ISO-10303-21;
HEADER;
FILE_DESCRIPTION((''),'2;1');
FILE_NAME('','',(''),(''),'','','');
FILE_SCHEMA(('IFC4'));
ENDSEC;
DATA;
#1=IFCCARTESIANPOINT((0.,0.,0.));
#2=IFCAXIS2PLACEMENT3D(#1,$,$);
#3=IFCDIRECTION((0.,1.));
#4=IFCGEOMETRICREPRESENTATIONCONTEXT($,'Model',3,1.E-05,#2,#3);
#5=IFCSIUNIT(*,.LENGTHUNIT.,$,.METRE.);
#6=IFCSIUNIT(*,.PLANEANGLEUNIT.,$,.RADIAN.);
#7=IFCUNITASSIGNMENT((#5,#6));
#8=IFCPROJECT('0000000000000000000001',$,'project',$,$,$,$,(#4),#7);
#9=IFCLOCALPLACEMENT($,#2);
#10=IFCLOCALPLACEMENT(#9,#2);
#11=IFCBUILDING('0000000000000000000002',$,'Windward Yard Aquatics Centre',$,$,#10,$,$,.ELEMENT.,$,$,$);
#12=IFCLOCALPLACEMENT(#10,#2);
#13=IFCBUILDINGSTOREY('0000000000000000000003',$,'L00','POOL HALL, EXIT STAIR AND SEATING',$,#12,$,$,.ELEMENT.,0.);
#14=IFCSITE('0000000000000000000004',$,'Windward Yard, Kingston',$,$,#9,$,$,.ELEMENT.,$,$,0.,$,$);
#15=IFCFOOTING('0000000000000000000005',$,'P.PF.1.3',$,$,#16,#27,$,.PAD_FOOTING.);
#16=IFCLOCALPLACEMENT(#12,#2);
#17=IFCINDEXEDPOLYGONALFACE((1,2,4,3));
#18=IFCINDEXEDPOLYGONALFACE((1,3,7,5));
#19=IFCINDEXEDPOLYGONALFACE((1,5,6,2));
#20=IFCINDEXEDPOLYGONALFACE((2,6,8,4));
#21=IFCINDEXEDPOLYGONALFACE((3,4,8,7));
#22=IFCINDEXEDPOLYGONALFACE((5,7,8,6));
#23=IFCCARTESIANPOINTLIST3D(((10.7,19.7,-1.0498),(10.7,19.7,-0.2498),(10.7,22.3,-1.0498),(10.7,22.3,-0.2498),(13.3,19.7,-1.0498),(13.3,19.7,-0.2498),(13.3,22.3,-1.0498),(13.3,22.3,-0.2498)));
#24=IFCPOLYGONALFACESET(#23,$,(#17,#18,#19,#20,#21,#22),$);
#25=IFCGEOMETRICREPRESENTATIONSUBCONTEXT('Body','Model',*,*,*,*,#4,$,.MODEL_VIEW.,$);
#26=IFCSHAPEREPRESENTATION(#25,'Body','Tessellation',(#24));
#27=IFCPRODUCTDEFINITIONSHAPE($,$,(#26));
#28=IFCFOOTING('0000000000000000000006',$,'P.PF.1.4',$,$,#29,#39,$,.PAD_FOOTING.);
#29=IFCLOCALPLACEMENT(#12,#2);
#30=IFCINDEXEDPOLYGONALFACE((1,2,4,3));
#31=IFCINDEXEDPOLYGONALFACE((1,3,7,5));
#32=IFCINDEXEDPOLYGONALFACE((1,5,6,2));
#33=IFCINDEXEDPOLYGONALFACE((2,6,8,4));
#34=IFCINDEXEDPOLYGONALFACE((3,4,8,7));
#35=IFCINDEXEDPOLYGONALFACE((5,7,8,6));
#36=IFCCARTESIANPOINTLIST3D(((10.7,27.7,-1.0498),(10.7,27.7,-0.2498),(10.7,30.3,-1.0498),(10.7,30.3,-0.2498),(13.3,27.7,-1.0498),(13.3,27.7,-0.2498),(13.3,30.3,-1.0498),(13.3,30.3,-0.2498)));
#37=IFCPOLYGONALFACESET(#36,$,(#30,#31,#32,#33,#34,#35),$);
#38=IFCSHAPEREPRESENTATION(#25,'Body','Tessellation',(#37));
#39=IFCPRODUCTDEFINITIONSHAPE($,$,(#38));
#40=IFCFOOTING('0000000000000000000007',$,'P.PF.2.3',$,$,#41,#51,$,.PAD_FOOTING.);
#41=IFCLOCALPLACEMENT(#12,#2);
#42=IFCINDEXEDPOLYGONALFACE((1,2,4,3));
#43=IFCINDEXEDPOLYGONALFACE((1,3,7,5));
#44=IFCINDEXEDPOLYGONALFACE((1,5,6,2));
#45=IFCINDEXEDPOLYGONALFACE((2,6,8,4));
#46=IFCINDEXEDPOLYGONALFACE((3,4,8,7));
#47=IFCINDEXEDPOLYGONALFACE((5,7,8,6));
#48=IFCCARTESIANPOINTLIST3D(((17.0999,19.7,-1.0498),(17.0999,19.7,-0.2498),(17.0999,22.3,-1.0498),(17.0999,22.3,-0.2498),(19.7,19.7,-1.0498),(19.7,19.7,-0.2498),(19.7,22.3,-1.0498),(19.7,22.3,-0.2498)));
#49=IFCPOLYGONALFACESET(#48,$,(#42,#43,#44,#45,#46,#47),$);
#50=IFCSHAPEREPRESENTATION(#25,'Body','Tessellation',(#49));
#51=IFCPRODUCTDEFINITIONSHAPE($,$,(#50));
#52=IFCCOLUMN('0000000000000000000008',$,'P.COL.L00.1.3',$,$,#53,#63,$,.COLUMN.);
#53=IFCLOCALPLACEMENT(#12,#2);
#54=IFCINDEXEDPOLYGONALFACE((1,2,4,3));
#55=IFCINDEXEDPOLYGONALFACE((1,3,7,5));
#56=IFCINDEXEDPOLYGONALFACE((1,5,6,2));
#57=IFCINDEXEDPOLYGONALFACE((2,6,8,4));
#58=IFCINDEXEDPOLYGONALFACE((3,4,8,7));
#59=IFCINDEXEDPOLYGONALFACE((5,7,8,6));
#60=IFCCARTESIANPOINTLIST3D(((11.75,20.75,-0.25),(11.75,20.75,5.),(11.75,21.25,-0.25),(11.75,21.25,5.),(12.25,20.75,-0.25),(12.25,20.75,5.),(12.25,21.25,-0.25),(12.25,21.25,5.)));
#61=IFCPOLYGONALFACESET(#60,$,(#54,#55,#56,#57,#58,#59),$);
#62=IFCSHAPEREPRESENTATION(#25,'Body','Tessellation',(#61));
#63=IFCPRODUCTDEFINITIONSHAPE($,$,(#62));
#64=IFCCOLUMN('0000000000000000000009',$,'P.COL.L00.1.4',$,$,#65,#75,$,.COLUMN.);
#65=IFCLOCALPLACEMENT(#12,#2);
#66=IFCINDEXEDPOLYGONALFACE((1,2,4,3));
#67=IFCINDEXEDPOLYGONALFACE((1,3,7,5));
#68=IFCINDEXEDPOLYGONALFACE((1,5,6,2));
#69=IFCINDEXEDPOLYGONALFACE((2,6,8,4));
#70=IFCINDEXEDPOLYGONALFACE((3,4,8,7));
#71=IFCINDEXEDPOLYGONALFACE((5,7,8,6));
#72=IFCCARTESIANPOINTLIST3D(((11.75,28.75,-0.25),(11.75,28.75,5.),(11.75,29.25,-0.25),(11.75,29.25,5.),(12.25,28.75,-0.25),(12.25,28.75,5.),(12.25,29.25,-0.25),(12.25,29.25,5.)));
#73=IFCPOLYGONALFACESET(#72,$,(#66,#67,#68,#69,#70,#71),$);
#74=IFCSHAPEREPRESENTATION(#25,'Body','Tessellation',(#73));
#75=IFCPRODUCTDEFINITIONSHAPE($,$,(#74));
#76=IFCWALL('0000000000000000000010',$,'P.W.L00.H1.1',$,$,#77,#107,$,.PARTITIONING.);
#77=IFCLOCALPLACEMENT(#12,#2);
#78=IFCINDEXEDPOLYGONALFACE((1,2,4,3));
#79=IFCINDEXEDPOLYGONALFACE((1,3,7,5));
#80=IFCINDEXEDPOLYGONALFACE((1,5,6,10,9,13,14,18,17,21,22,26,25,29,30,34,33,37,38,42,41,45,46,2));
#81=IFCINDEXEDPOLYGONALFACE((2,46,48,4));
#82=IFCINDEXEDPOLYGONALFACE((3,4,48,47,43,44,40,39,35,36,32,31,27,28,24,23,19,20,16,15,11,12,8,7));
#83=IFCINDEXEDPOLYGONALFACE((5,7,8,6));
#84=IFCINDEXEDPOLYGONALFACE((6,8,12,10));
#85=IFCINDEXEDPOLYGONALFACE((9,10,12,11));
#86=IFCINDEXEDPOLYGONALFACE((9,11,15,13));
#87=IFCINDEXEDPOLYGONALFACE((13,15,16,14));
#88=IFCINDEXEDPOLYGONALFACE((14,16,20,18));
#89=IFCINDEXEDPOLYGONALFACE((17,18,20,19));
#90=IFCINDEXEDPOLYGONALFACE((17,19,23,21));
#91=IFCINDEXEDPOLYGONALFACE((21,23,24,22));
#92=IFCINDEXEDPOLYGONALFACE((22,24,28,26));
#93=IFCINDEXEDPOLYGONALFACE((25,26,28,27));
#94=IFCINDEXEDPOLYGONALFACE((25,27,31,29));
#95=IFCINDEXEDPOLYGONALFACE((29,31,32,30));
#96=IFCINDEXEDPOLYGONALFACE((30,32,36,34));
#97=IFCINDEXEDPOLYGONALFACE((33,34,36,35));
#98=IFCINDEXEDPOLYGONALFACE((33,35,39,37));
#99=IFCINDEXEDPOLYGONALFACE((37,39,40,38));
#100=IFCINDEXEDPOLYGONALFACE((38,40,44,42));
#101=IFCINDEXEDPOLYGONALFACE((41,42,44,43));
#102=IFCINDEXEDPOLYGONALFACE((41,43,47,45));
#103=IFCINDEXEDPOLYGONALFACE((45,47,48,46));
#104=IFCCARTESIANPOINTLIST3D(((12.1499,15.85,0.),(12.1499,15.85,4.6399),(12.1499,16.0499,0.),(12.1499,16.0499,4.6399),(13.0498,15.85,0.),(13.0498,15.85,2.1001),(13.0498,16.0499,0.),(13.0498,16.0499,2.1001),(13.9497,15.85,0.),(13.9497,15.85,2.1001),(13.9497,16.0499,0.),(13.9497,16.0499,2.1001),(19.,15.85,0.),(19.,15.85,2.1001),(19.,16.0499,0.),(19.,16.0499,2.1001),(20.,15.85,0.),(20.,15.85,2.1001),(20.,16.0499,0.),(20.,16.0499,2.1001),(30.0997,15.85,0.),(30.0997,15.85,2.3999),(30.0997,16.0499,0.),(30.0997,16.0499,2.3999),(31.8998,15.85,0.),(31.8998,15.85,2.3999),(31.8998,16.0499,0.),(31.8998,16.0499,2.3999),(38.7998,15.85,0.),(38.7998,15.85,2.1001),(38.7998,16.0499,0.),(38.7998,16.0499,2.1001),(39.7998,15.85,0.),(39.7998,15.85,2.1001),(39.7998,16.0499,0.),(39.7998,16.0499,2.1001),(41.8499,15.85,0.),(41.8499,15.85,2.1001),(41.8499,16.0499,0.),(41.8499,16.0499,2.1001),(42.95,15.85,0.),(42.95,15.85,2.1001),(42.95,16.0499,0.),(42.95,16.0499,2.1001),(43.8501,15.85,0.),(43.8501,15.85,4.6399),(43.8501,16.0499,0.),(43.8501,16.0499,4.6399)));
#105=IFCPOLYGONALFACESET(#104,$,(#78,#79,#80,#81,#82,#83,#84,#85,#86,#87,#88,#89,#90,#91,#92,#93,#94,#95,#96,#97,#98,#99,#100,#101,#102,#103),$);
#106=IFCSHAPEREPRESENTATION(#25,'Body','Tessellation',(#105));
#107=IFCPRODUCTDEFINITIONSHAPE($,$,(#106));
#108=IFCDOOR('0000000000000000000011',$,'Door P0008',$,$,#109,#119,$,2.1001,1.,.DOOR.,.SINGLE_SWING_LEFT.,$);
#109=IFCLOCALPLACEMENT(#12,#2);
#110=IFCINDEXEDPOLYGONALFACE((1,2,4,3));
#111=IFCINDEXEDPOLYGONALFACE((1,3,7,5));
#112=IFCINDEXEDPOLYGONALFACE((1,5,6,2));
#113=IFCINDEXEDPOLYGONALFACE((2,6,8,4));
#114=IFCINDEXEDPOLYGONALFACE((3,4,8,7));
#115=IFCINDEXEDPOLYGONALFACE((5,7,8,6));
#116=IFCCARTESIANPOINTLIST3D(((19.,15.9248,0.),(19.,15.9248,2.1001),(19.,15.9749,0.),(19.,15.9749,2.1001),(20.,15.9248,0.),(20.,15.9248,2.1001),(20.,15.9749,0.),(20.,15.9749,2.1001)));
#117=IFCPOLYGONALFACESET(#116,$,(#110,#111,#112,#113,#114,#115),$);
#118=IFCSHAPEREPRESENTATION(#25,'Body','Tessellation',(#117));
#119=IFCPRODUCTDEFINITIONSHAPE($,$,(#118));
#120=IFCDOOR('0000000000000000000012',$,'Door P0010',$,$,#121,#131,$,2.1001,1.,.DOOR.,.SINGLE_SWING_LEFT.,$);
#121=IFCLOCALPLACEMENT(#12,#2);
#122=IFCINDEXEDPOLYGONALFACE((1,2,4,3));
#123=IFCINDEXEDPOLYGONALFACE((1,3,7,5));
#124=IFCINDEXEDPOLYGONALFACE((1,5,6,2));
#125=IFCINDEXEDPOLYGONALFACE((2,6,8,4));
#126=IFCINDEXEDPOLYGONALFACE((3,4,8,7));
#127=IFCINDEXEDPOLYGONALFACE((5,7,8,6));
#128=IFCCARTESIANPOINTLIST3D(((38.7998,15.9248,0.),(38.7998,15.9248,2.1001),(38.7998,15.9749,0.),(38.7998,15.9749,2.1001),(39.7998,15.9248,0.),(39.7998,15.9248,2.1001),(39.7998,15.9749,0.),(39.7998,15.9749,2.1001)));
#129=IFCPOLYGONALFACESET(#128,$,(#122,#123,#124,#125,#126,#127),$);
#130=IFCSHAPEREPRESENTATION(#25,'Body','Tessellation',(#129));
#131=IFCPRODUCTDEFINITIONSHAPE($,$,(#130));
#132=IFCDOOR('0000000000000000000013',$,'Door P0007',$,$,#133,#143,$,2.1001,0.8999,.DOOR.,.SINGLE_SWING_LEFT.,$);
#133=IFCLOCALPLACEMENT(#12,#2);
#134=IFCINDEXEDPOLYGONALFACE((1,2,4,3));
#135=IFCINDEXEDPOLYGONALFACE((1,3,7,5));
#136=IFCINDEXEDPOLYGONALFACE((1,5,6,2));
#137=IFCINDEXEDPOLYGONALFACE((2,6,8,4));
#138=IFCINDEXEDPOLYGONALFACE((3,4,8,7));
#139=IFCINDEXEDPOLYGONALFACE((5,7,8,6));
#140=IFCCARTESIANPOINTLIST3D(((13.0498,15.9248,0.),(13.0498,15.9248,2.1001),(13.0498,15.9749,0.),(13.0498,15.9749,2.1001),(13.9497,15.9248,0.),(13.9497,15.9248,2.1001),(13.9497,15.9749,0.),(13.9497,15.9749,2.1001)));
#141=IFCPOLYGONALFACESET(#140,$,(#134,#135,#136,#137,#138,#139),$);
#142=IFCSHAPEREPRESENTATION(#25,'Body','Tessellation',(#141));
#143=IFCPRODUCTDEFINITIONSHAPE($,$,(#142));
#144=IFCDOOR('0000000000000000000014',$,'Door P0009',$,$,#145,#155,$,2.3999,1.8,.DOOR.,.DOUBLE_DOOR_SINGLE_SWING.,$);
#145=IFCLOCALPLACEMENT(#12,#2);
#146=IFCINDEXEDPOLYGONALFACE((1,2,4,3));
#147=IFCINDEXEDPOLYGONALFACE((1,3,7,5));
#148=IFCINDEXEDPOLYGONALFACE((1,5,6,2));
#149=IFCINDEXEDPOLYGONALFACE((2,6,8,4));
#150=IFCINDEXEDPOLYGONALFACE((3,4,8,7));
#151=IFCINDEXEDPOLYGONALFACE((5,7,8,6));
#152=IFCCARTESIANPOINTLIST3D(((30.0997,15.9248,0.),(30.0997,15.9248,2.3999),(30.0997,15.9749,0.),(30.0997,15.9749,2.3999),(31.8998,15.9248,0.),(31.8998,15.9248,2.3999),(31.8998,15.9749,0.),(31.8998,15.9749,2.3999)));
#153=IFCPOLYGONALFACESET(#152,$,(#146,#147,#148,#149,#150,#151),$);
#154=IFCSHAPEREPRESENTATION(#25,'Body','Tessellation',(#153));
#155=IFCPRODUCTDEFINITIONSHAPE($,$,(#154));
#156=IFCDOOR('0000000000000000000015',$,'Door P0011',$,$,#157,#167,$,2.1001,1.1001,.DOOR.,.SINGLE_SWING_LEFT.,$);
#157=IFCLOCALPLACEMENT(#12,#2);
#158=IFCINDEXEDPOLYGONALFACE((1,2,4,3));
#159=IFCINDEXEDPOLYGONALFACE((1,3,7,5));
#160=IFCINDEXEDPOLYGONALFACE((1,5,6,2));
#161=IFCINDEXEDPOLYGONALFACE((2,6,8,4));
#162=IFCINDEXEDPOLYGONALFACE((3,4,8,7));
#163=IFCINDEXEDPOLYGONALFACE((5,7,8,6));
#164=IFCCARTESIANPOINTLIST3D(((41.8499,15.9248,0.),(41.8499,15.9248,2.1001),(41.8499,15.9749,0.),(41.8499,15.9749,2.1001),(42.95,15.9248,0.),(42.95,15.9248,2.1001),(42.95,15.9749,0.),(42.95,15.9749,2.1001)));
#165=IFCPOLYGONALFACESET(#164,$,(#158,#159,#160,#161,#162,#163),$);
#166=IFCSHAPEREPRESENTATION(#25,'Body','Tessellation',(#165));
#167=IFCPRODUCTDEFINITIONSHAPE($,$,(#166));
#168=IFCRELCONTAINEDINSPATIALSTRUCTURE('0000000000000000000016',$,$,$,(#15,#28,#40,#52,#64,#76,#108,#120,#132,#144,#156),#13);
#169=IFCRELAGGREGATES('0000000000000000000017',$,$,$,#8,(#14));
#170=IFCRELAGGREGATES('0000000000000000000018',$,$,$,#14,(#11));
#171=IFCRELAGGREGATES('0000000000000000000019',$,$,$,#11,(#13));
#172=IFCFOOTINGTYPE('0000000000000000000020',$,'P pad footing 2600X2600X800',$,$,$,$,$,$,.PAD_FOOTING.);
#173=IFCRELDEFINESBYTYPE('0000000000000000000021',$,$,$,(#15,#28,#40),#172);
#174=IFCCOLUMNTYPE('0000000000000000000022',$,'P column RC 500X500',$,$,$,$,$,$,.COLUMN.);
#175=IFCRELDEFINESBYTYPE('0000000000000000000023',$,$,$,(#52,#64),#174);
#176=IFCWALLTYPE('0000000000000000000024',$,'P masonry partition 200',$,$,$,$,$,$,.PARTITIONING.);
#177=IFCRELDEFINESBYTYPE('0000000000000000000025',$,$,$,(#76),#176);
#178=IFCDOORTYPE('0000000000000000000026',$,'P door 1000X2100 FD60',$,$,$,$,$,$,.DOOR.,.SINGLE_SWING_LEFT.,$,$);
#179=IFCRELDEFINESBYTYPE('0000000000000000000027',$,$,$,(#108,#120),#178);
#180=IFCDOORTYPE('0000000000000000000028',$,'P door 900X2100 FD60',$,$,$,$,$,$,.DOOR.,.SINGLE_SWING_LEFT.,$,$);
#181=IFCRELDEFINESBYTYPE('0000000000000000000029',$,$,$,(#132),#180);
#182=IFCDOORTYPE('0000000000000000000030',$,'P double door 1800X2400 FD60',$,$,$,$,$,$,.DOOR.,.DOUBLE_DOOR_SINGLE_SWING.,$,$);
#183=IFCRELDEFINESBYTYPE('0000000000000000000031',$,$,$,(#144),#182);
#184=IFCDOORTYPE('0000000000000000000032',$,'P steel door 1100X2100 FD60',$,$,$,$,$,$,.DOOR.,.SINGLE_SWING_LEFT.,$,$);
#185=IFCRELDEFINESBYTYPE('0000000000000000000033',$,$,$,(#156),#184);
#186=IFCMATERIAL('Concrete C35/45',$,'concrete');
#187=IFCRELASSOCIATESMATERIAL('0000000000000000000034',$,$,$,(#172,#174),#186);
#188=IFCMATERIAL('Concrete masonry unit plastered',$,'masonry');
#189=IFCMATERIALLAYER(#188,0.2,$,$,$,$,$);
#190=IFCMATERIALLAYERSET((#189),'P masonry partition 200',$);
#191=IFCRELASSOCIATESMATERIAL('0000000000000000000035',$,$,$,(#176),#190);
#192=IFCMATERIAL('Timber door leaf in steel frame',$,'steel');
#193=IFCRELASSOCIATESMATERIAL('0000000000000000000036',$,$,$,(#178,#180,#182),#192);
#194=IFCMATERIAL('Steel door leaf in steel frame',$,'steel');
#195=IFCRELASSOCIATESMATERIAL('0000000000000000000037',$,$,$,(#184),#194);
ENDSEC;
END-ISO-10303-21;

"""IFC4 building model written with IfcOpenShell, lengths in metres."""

from ifc_helpers import new_model, si_unit, direction, frame, frame_2d, origin, origin_2d, place, context, subcontext, project, spatial, rectangle, extrude, material, layer, layer_set, material_profile, profile_set, type_object, element, fill, save


model = new_model("IFC4")

# Units and contexts
model_context = context("Model", 3, precision=1e-05, world=origin(), true_north=direction((0.0, 1.0)))
body_context = subcontext(model_context, "Body", "Model", "MODEL_VIEW")
ifc_project = project(units=[si_unit("LENGTHUNIT", "METRE"), si_unit("PLANEANGLEUNIT", "RADIAN")], contexts=[model_context])

# Site, building, storey
site_placement = place(None, origin())
site = spatial("IfcSite", under=ifc_project, at=site_placement, Name="Windward Yard, Kingston", CompositionType="ELEMENT", RefElevation=0.0)
building_placement = place(site_placement, origin())
building = spatial("IfcBuilding", under=site, at=building_placement, Name="Windward Yard Aquatics Centre", CompositionType="ELEMENT")
storey_placement = place(building_placement, origin())
storey = spatial("IfcBuildingStorey", under=building, at=storey_placement, Name="L00", Description="POOL HALL, EXIT STAIR AND SEATING", CompositionType="ELEMENT", Elevation=0.0)

# Footings
ifc_material_1 = material(Name="Concrete C35/45", Category="concrete")
footing_type = type_object("IfcFootingType", Name="P pad footing 2600X2600X800", PredefinedType="PAD_FOOTING", material=ifc_material_1)
for number, where, z_axis, x_axis, name in (
    (1, (12.0, 21.0, -1.0498), (0.0, 0.0, 1.0), (1.0, 0.0, 0.0), "P.PF.1.3"),
    (2, (12.0, 29.0, -1.0498), (0.0, 0.0, 1.0), (1.0, 0.0, 0.0), "P.PF.1.4"),
    (3, (18.3999, 21.0, -1.0498), (0.0, 0.0, 1.0), (1.0, 0.0, 0.0), "P.PF.2.3"),
):
    element("IfcFooting", number, at=place(storey_placement, frame(where, z_axis=z_axis, x_axis=x_axis)), inside=storey, type_object=footing_type, Name=name, PredefinedType="PAD_FOOTING", context=body_context, shape_type="SweptSolid", body=[
        extrude(rectangle(XDim=2.6001, YDim=2.6001, at=origin_2d()), origin(), (0.0, 0.0, 1.0), 0.8),
    ])

# Columns
ifc_material_profile = material_profile(ifc_material_1, rectangle(XDim=0.5, YDim=0.5, at=origin_2d()), Name="RC 500X500")
ifc_profile_set = profile_set([ifc_material_profile], Name="Concrete C35/45")
column_type = type_object("IfcColumnType", Name="P column RC 500X500", PredefinedType="COLUMN", material=ifc_profile_set)
for number, where, z_axis, x_axis, name in (
    (4, (12.0, 21.0, -0.25), (0.0, 0.0, 1.0), (1.0, 0.0, 0.0), "P.COL.L00.1.3"),
    (5, (12.0, 29.0, -0.25), (0.0, 0.0, 1.0), (1.0, 0.0, 0.0), "P.COL.L00.1.4"),
):
    element("IfcColumn", number, at=place(storey_placement, frame(where, z_axis=z_axis, x_axis=x_axis)), inside=storey, type_object=column_type, Name=name, PredefinedType="COLUMN", context=body_context, shape_type="SweptSolid", body=[
        extrude(rectangle(XDim=0.5, YDim=0.5, at=origin_2d()), origin(), (0.0, 0.0, 1.0), 5.25),
    ])

# Wall, openings, doors
ifc_material_2 = material(Name="Concrete masonry unit plastered", Category="masonry")
ifc_layer_1 = layer(ifc_material_2, 0.2)
ifc_layer_set_1 = layer_set([ifc_layer_1], Name="P masonry partition 200")
wall_type_1 = type_object("IfcWallType", Name="P masonry partition 200", PredefinedType="PARTITIONING", material=ifc_layer_set_1)
wall_1_placement = place(storey_placement, frame((12.1499, 15.95, 0.0), z_axis=(0.0, 0.0, 1.0), x_axis=(1.0, 0.0, 0.0)))
wall_1 = element("IfcWall", 6, at=wall_1_placement, inside=storey, type_object=wall_type_1, Name="P.W.L00.H1.1", PredefinedType="PARTITIONING", context=body_context, shape_type="SweptSolid", body=[
    extrude(rectangle(XDim=31.7002, YDim=0.2, at=frame_2d((15.8501, 0.0))), origin(), (0.0, 0.0, 1.0), 4.6399),
])
opening_1_placement = place(wall_1_placement, frame((0.8999, 0.0, 0.0)))
opening_1 = element("IfcOpeningElement", 7, at=opening_1_placement, cuts=wall_1, PredefinedType="OPENING", context=body_context, shape_type="SweptSolid", body=[
    extrude(rectangle(XDim=0.8999, YDim=2.1001, at=frame_2d((0.45, 1.05))), frame((0.0, 0.1099, 0.0), z_axis=(0.0, -1.0, 0.0), x_axis=(1.0, 0.0, 0.0)), (0.0, 0.0, 1.0), 0.22),
])
opening_2_placement = place(wall_1_placement, frame((6.8501, 0.0, 0.0)))
opening_2 = element("IfcOpeningElement", 8, at=opening_2_placement, cuts=wall_1, PredefinedType="OPENING", context=body_context, shape_type="SweptSolid", body=[
    extrude(rectangle(XDim=1.0, YDim=2.1001, at=frame_2d((0.5, 1.05))), frame((0.0, 0.1099, 0.0), z_axis=(0.0, -1.0, 0.0), x_axis=(1.0, 0.0, 0.0)), (0.0, 0.0, 1.0), 0.22),
])
opening_3_placement = place(wall_1_placement, frame((17.95, 0.0, 0.0)))
opening_3 = element("IfcOpeningElement", 9, at=opening_3_placement, cuts=wall_1, PredefinedType="OPENING", context=body_context, shape_type="SweptSolid", body=[
    extrude(rectangle(XDim=1.8, YDim=2.3999, at=frame_2d((0.8999, 1.2))), frame((0.0, 0.1099, 0.0), z_axis=(0.0, -1.0, 0.0), x_axis=(1.0, 0.0, 0.0)), (0.0, 0.0, 1.0), 0.22),
])
opening_4_placement = place(wall_1_placement, frame((26.6499, 0.0, 0.0)))
opening_4 = element("IfcOpeningElement", 10, at=opening_4_placement, cuts=wall_1, PredefinedType="OPENING", context=body_context, shape_type="SweptSolid", body=[
    extrude(rectangle(XDim=1.0, YDim=2.1001, at=frame_2d((0.5, 1.05))), frame((0.0, 0.1099, 0.0), z_axis=(0.0, -1.0, 0.0), x_axis=(1.0, 0.0, 0.0)), (0.0, 0.0, 1.0), 0.22),
])
opening_5_placement = place(wall_1_placement, frame((29.7, 0.0, 0.0)))
opening_5 = element("IfcOpeningElement", 11, at=opening_5_placement, cuts=wall_1, PredefinedType="OPENING", context=body_context, shape_type="SweptSolid", body=[
    extrude(rectangle(XDim=1.1001, YDim=2.1001, at=frame_2d((0.55, 1.05))), frame((0.0, 0.1099, 0.0), z_axis=(0.0, -1.0, 0.0), x_axis=(1.0, 0.0, 0.0)), (0.0, 0.0, 1.0), 0.22),
])
ifc_material_3 = material(Name="Timber door leaf in steel frame", Category="steel")
door_type_1 = type_object("IfcDoorType", Name="P door 1000X2100 FD60", OperationType="SINGLE_SWING_LEFT", PredefinedType="DOOR", material=ifc_material_3)
door_1_placement = place(opening_2_placement, origin())
door_1 = element("IfcDoor", 12, at=door_1_placement, inside=storey, type_object=door_type_1, Name="Door P0008", OperationType="SINGLE_SWING_LEFT", OverallHeight=2.1001, OverallWidth=1.0, PredefinedType="DOOR", context=body_context, shape_type="SweptSolid", body=[
    extrude(rectangle(XDim=1.0, YDim=2.1001, at=frame_2d((0.5, 1.05))), frame((0.0, 0.0249, 0.0), z_axis=(0.0, -1.0, 0.0), x_axis=(1.0, 0.0, 0.0)), (0.0, 0.0, 1.0), 0.05),
])
fill(opening_2, door_1)
door_2_placement = place(opening_4_placement, origin())
door_2 = element("IfcDoor", 13, at=door_2_placement, inside=storey, type_object=door_type_1, Name="Door P0010", OperationType="SINGLE_SWING_LEFT", OverallHeight=2.1001, OverallWidth=1.0, PredefinedType="DOOR", context=body_context, shape_type="SweptSolid", body=[
    extrude(rectangle(XDim=1.0, YDim=2.1001, at=frame_2d((0.5, 1.05))), frame((0.0, 0.0249, 0.0), z_axis=(0.0, -1.0, 0.0), x_axis=(1.0, 0.0, 0.0)), (0.0, 0.0, 1.0), 0.05),
])
fill(opening_4, door_2)
door_type_2 = type_object("IfcDoorType", Name="P door 900X2100 FD60", OperationType="SINGLE_SWING_LEFT", PredefinedType="DOOR", material=ifc_material_3)
door_3_placement = place(opening_1_placement, origin())
door_3 = element("IfcDoor", 14, at=door_3_placement, inside=storey, type_object=door_type_2, Name="Door P0007", OperationType="SINGLE_SWING_LEFT", OverallHeight=2.1001, OverallWidth=0.8999, PredefinedType="DOOR", context=body_context, shape_type="SweptSolid", body=[
    extrude(rectangle(XDim=0.8999, YDim=2.1001, at=frame_2d((0.45, 1.05))), frame((0.0, 0.0249, 0.0), z_axis=(0.0, -1.0, 0.0), x_axis=(1.0, 0.0, 0.0)), (0.0, 0.0, 1.0), 0.05),
])
fill(opening_1, door_3)
door_type_3 = type_object("IfcDoorType", Name="P double door 1800X2400 FD60", OperationType="DOUBLE_DOOR_SINGLE_SWING", PredefinedType="DOOR", material=ifc_material_3)
door_4_placement = place(opening_3_placement, origin())
door_4 = element("IfcDoor", 15, at=door_4_placement, inside=storey, type_object=door_type_3, Name="Door P0009", OperationType="DOUBLE_DOOR_SINGLE_SWING", OverallHeight=2.3999, OverallWidth=1.8, PredefinedType="DOOR", context=body_context, shape_type="SweptSolid", body=[
    extrude(rectangle(XDim=1.8, YDim=2.3999, at=frame_2d((0.8999, 1.2))), frame((0.0, 0.0249, 0.0), z_axis=(0.0, -1.0, 0.0), x_axis=(1.0, 0.0, 0.0)), (0.0, 0.0, 1.0), 0.05),
])
fill(opening_3, door_4)
ifc_material_4 = material(Name="Steel door leaf in steel frame", Category="steel")
door_type_4 = type_object("IfcDoorType", Name="P steel door 1100X2100 FD60", OperationType="SINGLE_SWING_LEFT", PredefinedType="DOOR", material=ifc_material_4)
door_5_placement = place(opening_5_placement, origin())
door_5 = element("IfcDoor", 16, at=door_5_placement, inside=storey, type_object=door_type_4, Name="Door P0011", OperationType="SINGLE_SWING_LEFT", OverallHeight=2.1001, OverallWidth=1.1001, PredefinedType="DOOR", context=body_context, shape_type="SweptSolid", body=[
    extrude(rectangle(XDim=1.1001, YDim=2.1001, at=frame_2d((0.55, 1.05))), frame((0.0, 0.0249, 0.0), z_axis=(0.0, -1.0, 0.0), x_axis=(1.0, 0.0, 0.0)), (0.0, 0.0, 1.0), 0.05),
])
fill(opening_5, door_5)

save(model, "model.ifc")
